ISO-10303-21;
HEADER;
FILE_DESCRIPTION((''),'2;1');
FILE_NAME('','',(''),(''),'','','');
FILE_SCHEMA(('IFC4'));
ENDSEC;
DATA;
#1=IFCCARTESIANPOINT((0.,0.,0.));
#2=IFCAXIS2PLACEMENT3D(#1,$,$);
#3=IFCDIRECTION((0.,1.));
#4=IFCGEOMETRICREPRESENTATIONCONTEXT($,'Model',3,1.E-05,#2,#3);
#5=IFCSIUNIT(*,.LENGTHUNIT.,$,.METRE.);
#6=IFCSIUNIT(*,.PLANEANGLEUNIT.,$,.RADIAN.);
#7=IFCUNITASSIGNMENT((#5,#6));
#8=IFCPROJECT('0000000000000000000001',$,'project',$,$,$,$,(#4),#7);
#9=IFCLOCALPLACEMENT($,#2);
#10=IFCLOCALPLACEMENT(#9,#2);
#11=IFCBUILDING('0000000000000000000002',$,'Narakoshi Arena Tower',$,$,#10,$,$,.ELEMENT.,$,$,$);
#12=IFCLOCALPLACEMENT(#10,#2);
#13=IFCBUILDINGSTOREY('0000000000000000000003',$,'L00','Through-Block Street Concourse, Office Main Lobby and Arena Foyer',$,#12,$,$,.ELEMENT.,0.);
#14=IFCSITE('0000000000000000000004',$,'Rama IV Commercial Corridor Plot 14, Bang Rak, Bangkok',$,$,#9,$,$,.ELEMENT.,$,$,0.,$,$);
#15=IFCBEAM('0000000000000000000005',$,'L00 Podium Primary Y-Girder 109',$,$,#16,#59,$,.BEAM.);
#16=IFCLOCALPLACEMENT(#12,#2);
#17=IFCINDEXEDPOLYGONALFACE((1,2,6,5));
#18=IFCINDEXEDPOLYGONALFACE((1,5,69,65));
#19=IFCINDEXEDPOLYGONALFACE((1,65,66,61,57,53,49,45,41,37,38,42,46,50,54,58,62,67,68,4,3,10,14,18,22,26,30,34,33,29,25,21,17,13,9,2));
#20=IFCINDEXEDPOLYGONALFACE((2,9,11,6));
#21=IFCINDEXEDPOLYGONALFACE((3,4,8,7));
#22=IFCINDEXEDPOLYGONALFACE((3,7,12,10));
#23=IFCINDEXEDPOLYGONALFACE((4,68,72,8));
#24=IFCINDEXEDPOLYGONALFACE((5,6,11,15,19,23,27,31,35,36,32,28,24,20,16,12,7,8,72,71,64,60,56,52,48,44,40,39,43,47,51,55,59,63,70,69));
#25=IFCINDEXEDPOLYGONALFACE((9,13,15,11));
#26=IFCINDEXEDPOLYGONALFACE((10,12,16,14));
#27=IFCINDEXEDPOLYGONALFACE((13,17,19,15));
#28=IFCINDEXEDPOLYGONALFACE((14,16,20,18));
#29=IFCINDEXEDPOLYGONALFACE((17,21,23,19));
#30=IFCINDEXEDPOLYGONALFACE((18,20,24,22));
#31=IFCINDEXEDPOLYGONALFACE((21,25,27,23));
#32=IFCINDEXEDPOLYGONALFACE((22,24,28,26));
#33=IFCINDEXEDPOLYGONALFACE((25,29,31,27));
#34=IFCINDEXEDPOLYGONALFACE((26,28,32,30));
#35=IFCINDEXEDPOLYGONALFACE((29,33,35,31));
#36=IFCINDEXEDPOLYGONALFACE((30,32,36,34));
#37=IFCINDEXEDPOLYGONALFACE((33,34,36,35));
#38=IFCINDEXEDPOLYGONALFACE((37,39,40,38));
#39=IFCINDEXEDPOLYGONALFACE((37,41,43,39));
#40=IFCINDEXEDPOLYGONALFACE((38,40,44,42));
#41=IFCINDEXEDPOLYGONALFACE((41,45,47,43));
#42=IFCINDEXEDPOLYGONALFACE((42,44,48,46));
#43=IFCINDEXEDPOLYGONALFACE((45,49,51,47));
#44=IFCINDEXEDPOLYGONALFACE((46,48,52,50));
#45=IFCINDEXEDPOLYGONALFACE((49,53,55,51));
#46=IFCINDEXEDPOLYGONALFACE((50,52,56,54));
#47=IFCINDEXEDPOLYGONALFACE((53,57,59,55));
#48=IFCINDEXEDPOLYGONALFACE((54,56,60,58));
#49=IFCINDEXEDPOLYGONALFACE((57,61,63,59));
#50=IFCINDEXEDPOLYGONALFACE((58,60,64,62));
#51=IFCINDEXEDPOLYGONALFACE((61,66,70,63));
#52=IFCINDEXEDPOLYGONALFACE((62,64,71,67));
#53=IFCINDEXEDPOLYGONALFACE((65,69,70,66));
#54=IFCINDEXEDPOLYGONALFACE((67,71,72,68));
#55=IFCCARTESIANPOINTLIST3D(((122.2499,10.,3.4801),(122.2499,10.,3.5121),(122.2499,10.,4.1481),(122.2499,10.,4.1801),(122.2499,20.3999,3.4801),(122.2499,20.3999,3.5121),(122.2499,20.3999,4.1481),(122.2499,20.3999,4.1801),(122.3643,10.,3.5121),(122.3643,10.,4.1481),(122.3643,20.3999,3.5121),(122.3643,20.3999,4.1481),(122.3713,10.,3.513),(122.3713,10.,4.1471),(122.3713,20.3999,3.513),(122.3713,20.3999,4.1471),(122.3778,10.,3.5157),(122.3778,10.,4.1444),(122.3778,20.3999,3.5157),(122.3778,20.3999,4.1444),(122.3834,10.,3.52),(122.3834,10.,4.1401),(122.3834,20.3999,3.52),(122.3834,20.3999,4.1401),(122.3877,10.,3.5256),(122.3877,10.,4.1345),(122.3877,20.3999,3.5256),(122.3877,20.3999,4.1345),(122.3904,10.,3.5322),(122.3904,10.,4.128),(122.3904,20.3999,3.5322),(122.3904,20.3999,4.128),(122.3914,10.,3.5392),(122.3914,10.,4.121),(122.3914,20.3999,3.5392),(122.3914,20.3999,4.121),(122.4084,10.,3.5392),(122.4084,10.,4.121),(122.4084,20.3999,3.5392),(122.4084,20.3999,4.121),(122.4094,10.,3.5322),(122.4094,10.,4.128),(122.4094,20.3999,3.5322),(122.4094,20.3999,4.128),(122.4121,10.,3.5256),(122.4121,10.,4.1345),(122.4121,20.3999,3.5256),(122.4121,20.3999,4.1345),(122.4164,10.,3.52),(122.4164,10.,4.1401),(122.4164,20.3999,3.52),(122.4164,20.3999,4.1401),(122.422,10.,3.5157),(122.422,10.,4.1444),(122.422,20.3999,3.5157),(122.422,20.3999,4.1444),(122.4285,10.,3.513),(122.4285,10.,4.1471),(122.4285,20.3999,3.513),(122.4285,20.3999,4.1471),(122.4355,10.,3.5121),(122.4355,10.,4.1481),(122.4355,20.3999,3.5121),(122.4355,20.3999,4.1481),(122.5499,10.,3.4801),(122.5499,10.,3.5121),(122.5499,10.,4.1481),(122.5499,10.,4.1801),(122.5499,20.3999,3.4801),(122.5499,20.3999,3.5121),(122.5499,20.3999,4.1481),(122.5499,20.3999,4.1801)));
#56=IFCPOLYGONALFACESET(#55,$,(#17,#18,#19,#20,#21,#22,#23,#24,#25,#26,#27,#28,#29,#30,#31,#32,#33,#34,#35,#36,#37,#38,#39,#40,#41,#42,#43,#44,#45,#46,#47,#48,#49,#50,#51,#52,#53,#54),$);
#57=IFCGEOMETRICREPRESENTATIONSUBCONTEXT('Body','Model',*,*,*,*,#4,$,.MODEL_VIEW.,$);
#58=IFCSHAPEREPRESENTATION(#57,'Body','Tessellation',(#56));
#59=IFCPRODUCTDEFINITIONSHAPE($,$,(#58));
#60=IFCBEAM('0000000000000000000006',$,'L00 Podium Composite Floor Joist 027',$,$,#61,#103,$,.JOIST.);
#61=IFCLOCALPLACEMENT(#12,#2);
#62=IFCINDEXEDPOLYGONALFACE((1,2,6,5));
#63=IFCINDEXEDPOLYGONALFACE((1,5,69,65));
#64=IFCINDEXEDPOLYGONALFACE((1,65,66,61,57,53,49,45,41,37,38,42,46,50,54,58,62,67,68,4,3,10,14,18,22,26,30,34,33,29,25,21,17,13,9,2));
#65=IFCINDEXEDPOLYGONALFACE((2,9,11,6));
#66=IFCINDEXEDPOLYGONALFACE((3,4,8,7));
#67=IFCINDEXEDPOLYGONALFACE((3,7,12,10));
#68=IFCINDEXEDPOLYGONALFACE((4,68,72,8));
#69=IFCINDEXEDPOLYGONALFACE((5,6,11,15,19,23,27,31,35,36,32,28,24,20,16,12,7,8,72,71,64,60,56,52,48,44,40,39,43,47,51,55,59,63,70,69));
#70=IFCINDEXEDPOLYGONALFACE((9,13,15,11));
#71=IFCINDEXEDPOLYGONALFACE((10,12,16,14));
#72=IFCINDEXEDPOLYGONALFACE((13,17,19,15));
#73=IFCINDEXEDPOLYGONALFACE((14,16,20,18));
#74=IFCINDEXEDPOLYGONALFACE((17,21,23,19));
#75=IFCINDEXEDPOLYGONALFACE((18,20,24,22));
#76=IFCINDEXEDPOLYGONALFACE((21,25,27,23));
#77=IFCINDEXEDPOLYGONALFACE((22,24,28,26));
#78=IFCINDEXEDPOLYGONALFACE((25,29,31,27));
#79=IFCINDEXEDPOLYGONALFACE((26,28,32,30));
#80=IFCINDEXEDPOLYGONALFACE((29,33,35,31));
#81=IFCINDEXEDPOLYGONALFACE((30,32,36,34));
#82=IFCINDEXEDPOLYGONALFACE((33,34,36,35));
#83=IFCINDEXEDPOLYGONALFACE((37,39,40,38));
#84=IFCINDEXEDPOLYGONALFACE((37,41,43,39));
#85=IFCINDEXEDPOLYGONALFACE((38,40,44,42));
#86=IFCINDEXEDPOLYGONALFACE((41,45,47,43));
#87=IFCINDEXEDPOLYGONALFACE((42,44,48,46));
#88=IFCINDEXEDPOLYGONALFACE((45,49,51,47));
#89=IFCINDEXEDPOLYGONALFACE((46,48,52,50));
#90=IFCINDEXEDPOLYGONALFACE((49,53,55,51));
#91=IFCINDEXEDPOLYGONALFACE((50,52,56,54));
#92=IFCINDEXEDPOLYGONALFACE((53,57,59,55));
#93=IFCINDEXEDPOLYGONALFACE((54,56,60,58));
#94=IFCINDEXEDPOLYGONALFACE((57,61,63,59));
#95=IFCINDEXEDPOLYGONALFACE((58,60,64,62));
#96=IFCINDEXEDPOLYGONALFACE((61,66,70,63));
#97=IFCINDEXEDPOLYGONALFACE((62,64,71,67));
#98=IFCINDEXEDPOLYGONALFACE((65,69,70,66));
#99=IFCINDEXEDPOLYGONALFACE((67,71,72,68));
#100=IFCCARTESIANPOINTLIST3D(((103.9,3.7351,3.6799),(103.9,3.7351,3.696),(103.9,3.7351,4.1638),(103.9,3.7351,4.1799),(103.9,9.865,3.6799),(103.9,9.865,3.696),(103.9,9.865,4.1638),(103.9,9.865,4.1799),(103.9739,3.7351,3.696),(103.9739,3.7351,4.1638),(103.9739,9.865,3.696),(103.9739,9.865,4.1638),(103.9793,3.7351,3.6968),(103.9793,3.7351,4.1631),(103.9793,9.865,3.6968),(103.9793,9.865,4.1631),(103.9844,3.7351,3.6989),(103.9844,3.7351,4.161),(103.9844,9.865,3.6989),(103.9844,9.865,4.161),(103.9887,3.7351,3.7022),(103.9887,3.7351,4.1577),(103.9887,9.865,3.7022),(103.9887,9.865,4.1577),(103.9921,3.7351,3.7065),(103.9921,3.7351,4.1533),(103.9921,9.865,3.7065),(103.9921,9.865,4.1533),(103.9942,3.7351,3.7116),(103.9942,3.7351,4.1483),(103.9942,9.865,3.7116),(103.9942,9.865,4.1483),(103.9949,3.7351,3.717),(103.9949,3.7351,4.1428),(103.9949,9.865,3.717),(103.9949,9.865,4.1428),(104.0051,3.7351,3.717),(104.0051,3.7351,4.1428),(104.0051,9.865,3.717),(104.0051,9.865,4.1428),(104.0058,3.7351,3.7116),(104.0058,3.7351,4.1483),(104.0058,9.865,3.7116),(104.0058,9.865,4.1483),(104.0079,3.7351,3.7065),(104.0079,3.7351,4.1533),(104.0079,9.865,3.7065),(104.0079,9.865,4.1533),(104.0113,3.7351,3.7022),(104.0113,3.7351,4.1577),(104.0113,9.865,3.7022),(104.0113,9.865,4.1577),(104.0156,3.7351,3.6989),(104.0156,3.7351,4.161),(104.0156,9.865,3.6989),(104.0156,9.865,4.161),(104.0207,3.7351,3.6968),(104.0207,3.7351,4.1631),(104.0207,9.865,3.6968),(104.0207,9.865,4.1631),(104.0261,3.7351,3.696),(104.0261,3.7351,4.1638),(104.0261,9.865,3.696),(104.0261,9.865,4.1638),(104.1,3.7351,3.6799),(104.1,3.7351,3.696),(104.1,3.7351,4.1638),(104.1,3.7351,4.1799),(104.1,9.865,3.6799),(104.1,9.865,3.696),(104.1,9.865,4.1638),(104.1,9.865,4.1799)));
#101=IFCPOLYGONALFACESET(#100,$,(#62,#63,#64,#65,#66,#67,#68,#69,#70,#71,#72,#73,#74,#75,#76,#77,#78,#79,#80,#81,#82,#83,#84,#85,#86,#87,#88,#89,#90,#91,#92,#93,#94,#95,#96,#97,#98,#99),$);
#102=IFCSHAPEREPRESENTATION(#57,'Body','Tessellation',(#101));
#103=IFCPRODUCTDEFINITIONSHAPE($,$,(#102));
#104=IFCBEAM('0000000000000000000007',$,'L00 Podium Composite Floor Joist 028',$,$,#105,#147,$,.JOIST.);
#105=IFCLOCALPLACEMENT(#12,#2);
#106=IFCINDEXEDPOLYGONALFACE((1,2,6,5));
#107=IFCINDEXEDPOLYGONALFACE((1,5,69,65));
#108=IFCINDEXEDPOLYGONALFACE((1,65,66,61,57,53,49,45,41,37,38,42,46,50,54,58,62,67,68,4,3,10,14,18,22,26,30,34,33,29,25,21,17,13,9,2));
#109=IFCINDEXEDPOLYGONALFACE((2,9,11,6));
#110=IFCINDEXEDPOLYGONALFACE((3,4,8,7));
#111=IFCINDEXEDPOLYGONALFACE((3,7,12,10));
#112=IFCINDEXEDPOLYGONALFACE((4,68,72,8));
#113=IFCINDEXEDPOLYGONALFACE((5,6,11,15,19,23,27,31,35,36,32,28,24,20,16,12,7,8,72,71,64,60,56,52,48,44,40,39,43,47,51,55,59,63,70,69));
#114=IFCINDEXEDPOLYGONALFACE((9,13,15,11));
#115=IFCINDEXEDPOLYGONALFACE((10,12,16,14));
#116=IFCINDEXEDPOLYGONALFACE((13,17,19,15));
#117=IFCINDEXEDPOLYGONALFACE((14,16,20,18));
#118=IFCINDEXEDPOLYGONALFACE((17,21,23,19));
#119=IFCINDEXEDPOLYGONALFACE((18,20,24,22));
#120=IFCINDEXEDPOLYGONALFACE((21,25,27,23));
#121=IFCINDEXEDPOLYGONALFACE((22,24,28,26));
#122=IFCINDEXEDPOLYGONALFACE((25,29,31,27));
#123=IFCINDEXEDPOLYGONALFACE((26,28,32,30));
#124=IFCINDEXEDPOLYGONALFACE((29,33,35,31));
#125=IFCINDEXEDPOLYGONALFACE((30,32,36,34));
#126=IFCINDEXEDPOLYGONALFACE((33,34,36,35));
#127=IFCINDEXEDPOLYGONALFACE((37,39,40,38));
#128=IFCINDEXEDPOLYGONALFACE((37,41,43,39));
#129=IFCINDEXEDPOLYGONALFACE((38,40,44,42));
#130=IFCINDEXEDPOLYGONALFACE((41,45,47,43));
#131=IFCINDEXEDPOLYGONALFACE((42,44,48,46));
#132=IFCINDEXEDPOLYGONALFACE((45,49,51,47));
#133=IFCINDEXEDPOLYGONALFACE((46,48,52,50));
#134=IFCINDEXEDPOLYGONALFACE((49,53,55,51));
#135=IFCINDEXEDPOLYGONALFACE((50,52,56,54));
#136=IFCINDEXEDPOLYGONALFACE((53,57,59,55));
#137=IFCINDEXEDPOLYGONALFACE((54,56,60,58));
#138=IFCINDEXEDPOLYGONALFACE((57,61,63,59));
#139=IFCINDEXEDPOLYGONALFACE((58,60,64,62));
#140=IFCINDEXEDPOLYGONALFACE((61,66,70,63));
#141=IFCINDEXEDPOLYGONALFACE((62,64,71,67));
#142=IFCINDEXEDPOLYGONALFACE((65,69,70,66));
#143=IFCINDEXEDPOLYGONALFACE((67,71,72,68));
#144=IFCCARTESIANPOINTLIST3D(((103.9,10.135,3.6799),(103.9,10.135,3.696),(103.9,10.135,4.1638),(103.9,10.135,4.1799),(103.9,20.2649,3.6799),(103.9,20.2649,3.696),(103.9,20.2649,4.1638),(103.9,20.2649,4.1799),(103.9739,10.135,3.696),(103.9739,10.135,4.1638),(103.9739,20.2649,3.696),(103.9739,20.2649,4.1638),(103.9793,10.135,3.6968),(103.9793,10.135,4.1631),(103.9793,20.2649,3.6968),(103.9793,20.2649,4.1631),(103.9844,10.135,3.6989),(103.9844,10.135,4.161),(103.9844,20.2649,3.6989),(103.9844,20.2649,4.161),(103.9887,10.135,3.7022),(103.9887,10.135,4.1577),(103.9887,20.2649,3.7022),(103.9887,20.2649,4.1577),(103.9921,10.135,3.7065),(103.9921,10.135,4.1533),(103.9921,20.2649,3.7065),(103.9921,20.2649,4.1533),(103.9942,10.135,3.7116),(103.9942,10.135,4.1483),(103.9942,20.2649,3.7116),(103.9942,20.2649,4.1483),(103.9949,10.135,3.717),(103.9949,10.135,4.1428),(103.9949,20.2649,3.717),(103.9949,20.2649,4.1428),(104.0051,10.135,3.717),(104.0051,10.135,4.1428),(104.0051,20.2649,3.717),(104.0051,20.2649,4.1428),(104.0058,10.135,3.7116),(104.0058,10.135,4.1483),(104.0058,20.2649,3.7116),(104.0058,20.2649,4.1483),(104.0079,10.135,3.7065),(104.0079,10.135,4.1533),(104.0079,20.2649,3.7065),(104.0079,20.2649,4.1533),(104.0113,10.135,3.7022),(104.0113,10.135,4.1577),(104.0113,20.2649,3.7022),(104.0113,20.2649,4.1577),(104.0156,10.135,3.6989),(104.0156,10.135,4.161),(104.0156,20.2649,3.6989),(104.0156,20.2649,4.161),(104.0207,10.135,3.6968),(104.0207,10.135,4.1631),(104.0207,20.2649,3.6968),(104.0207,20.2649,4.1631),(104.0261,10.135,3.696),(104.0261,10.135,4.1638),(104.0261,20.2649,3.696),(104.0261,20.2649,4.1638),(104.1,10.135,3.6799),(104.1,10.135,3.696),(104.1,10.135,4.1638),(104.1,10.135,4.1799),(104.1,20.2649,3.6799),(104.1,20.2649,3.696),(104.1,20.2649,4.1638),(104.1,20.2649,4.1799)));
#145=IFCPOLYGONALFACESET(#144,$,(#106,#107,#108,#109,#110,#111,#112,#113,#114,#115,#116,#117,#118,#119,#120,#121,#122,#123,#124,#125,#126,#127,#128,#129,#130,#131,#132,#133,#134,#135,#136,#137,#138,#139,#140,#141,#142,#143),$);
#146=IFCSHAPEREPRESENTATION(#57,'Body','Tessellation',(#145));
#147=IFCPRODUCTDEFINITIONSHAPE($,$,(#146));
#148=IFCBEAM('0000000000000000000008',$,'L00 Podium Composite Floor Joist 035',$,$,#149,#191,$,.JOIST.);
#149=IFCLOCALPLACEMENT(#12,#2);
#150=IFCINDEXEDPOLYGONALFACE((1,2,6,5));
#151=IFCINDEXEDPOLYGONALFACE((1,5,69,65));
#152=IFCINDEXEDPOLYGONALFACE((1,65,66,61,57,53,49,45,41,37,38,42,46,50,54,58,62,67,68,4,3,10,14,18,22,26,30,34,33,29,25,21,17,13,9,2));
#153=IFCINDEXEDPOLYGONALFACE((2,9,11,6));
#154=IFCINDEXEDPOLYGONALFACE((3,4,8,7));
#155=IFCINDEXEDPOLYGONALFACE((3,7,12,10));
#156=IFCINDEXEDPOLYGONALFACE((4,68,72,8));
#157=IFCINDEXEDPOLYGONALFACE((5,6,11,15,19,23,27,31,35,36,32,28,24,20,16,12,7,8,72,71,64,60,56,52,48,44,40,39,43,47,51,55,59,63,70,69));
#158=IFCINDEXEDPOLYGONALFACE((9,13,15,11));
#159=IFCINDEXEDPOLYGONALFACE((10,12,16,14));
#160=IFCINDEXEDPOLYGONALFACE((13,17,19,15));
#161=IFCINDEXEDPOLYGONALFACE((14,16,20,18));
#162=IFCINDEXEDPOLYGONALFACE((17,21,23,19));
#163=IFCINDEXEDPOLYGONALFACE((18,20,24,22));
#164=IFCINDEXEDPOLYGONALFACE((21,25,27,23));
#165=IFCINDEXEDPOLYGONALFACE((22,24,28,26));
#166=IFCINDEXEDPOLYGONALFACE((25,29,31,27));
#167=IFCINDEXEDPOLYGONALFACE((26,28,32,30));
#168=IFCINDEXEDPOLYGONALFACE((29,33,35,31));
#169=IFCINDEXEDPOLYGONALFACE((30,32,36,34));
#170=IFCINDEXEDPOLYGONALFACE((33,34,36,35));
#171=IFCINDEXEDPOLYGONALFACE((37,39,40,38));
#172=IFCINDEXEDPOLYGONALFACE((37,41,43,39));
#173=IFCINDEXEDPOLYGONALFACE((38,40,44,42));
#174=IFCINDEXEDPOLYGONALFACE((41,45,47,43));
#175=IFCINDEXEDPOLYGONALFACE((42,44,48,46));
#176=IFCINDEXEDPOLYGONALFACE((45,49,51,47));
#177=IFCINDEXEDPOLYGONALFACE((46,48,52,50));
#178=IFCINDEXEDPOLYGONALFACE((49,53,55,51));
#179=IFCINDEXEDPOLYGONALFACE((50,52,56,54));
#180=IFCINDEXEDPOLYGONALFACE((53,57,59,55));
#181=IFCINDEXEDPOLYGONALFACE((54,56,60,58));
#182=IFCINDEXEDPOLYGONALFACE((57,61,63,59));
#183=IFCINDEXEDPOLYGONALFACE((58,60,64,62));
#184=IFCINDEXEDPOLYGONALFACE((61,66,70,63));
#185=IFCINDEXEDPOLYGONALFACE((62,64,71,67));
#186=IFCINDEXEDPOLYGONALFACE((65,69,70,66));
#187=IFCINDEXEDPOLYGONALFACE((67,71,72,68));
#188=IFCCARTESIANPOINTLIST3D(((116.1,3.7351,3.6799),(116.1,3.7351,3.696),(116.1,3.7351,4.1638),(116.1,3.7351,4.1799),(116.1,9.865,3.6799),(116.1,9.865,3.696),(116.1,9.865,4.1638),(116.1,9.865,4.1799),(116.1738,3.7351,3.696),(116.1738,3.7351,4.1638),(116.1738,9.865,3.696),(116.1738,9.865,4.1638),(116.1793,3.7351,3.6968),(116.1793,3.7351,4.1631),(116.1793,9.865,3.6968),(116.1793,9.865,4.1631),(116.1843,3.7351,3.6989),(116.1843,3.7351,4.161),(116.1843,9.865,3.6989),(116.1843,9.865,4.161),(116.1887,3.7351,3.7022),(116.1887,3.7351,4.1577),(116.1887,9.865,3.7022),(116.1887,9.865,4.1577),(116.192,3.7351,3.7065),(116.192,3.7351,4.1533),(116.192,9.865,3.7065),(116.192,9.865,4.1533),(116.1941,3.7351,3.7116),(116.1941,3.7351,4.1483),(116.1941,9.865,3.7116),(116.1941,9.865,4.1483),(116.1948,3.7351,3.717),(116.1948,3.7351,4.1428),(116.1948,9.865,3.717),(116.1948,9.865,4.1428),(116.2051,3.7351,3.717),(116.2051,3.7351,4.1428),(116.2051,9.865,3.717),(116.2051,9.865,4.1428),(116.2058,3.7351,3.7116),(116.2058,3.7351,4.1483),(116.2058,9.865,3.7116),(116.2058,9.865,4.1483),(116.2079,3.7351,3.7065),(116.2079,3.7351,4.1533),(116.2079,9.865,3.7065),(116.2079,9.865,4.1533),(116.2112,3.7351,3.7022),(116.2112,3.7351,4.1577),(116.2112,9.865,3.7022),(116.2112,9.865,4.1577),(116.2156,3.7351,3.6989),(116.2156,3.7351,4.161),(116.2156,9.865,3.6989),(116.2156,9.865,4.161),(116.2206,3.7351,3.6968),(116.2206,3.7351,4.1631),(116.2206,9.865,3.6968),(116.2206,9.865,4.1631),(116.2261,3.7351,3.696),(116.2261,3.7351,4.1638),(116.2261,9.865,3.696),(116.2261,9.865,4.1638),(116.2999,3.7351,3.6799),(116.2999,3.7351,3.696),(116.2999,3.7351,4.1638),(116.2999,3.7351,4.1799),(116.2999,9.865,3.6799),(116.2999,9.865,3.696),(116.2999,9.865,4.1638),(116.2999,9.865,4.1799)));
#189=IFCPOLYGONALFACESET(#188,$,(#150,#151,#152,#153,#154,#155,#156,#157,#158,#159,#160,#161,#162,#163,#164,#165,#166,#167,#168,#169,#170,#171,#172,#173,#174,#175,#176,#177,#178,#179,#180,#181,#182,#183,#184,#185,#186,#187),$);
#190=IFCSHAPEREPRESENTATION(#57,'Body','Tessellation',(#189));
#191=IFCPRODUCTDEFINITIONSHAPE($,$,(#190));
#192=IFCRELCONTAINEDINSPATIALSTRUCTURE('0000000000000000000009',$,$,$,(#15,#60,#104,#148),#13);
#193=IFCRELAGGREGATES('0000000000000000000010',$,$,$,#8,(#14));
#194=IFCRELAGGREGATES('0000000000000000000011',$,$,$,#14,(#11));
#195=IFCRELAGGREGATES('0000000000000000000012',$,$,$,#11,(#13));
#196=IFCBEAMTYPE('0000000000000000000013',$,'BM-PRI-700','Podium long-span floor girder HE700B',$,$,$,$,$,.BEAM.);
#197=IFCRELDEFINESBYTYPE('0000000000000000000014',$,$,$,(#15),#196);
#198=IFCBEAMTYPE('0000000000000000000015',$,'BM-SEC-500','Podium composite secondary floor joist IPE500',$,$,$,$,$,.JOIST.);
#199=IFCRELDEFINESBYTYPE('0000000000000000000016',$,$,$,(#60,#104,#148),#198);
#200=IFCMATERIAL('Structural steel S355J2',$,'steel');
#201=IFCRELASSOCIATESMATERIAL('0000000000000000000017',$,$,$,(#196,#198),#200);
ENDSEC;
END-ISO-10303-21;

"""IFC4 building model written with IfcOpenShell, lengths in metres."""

from ifc_helpers import new_model, si_unit, direction, frame, origin, origin_2d, place, context, subcontext, project, spatial, i_section, extrude, material, material_profile, profile_set, type_object, element, save


model = new_model("IFC4")

# Units and contexts
model_context = context("Model", 3, precision=1e-05, world=origin(), true_north=direction((0.0, 1.0)))
body_context = subcontext(model_context, "Body", "Model", "MODEL_VIEW")
ifc_project = project(units=[si_unit("LENGTHUNIT", "METRE"), si_unit("PLANEANGLEUNIT", "RADIAN")], contexts=[model_context])

# Site, building, storey
site_placement = place(None, origin())
site = spatial("IfcSite", under=ifc_project, at=site_placement, Name="Rama IV Commercial Corridor Plot 14, Bang Rak, Bangkok", CompositionType="ELEMENT", RefElevation=0.0)
building_placement = place(site_placement, origin())
building = spatial("IfcBuilding", under=site, at=building_placement, Name="Narakoshi Arena Tower", CompositionType="ELEMENT")
storey_placement = place(building_placement, origin())
storey = spatial("IfcBuildingStorey", under=building, at=storey_placement, Name="L00", Description="Through-Block Street Concourse, Office Main Lobby and Arena Foyer", CompositionType="ELEMENT", Elevation=0.0)

# Beams
ifc_material_1 = material(Name="Structural steel S355J2", Category="steel")
ifc_material_profile_1 = material_profile(ifc_material_1, i_section(OverallWidth=0.3, OverallDepth=0.7, WebThickness=0.0171, FlangeThickness=0.032, FilletRadius=0.0271, at=origin_2d()), Name="HE700B")
ifc_profile_set_1 = profile_set([ifc_material_profile_1], Name="Structural steel S355J2")
beam_type_1 = type_object("IfcBeamType", Name="BM-PRI-700", Description="Podium long-span floor girder HE700B", PredefinedType="BEAM", material=ifc_profile_set_1)
beam_1_placement = place(storey_placement, frame((122.3999, 10.0, 3.8301), z_axis=(0.0, 1.0, 0.0), x_axis=(-1.0, 0.0, 0.0)))
element("IfcBeam", 1, at=beam_1_placement, inside=storey, type_object=beam_type_1, Name="L00 Podium Primary Y-Girder 109", PredefinedType="BEAM", context=body_context, shape_type="SweptSolid", body=[
    extrude(i_section(OverallWidth=0.3, OverallDepth=0.7, WebThickness=0.0171, FlangeThickness=0.032, FilletRadius=0.0271, at=origin_2d()), origin(), (0.0, 0.0, 1.0), 10.3999),
])
ifc_material_profile_2 = material_profile(ifc_material_1, i_section(OverallWidth=0.2, OverallDepth=0.5, WebThickness=0.0103, FlangeThickness=0.0161, FilletRadius=0.021, at=origin_2d()), Name="IPE500")
ifc_profile_set_2 = profile_set([ifc_material_profile_2], Name="Structural steel S355J2")
beam_type_2 = type_object("IfcBeamType", Name="BM-SEC-500", Description="Podium composite secondary floor joist IPE500", PredefinedType="JOIST", material=ifc_profile_set_2)
beam_2_placement = place(storey_placement, frame((104.0, 3.7351, 3.9299), z_axis=(0.0, 1.0, 0.0), x_axis=(-1.0, 0.0, 0.0)))
element("IfcBeam", 2, at=beam_2_placement, inside=storey, type_object=beam_type_2, Name="L00 Podium Composite Floor Joist 027", PredefinedType="JOIST", context=body_context, shape_type="SweptSolid", body=[
    extrude(i_section(OverallWidth=0.2, OverallDepth=0.5, WebThickness=0.0103, FlangeThickness=0.0161, FilletRadius=0.021, at=origin_2d()), origin(), (0.0, 0.0, 1.0), 6.1299),
])
beam_3_placement = place(storey_placement, frame((104.0, 10.135, 3.9299), z_axis=(0.0, 1.0, 0.0), x_axis=(-1.0, 0.0, 0.0)))
element("IfcBeam", 3, at=beam_3_placement, inside=storey, type_object=beam_type_2, Name="L00 Podium Composite Floor Joist 028", PredefinedType="JOIST", context=body_context, shape_type="SweptSolid", body=[
    extrude(i_section(OverallWidth=0.2, OverallDepth=0.5, WebThickness=0.0103, FlangeThickness=0.0161, FilletRadius=0.021, at=origin_2d()), origin(), (0.0, 0.0, 1.0), 10.1299),
])
beam_4_placement = place(storey_placement, frame((116.2, 3.7351, 3.9299), z_axis=(0.0, 1.0, 0.0), x_axis=(-1.0, 0.0, 0.0)))
element("IfcBeam", 4, at=beam_4_placement, inside=storey, type_object=beam_type_2, Name="L00 Podium Composite Floor Joist 035", PredefinedType="JOIST", context=body_context, shape_type="SweptSolid", body=[
    extrude(i_section(OverallWidth=0.2, OverallDepth=0.5, WebThickness=0.0103, FlangeThickness=0.0161, FilletRadius=0.021, at=origin_2d()), origin(), (0.0, 0.0, 1.0), 6.1299),
])

save(model, "model.ifc")
